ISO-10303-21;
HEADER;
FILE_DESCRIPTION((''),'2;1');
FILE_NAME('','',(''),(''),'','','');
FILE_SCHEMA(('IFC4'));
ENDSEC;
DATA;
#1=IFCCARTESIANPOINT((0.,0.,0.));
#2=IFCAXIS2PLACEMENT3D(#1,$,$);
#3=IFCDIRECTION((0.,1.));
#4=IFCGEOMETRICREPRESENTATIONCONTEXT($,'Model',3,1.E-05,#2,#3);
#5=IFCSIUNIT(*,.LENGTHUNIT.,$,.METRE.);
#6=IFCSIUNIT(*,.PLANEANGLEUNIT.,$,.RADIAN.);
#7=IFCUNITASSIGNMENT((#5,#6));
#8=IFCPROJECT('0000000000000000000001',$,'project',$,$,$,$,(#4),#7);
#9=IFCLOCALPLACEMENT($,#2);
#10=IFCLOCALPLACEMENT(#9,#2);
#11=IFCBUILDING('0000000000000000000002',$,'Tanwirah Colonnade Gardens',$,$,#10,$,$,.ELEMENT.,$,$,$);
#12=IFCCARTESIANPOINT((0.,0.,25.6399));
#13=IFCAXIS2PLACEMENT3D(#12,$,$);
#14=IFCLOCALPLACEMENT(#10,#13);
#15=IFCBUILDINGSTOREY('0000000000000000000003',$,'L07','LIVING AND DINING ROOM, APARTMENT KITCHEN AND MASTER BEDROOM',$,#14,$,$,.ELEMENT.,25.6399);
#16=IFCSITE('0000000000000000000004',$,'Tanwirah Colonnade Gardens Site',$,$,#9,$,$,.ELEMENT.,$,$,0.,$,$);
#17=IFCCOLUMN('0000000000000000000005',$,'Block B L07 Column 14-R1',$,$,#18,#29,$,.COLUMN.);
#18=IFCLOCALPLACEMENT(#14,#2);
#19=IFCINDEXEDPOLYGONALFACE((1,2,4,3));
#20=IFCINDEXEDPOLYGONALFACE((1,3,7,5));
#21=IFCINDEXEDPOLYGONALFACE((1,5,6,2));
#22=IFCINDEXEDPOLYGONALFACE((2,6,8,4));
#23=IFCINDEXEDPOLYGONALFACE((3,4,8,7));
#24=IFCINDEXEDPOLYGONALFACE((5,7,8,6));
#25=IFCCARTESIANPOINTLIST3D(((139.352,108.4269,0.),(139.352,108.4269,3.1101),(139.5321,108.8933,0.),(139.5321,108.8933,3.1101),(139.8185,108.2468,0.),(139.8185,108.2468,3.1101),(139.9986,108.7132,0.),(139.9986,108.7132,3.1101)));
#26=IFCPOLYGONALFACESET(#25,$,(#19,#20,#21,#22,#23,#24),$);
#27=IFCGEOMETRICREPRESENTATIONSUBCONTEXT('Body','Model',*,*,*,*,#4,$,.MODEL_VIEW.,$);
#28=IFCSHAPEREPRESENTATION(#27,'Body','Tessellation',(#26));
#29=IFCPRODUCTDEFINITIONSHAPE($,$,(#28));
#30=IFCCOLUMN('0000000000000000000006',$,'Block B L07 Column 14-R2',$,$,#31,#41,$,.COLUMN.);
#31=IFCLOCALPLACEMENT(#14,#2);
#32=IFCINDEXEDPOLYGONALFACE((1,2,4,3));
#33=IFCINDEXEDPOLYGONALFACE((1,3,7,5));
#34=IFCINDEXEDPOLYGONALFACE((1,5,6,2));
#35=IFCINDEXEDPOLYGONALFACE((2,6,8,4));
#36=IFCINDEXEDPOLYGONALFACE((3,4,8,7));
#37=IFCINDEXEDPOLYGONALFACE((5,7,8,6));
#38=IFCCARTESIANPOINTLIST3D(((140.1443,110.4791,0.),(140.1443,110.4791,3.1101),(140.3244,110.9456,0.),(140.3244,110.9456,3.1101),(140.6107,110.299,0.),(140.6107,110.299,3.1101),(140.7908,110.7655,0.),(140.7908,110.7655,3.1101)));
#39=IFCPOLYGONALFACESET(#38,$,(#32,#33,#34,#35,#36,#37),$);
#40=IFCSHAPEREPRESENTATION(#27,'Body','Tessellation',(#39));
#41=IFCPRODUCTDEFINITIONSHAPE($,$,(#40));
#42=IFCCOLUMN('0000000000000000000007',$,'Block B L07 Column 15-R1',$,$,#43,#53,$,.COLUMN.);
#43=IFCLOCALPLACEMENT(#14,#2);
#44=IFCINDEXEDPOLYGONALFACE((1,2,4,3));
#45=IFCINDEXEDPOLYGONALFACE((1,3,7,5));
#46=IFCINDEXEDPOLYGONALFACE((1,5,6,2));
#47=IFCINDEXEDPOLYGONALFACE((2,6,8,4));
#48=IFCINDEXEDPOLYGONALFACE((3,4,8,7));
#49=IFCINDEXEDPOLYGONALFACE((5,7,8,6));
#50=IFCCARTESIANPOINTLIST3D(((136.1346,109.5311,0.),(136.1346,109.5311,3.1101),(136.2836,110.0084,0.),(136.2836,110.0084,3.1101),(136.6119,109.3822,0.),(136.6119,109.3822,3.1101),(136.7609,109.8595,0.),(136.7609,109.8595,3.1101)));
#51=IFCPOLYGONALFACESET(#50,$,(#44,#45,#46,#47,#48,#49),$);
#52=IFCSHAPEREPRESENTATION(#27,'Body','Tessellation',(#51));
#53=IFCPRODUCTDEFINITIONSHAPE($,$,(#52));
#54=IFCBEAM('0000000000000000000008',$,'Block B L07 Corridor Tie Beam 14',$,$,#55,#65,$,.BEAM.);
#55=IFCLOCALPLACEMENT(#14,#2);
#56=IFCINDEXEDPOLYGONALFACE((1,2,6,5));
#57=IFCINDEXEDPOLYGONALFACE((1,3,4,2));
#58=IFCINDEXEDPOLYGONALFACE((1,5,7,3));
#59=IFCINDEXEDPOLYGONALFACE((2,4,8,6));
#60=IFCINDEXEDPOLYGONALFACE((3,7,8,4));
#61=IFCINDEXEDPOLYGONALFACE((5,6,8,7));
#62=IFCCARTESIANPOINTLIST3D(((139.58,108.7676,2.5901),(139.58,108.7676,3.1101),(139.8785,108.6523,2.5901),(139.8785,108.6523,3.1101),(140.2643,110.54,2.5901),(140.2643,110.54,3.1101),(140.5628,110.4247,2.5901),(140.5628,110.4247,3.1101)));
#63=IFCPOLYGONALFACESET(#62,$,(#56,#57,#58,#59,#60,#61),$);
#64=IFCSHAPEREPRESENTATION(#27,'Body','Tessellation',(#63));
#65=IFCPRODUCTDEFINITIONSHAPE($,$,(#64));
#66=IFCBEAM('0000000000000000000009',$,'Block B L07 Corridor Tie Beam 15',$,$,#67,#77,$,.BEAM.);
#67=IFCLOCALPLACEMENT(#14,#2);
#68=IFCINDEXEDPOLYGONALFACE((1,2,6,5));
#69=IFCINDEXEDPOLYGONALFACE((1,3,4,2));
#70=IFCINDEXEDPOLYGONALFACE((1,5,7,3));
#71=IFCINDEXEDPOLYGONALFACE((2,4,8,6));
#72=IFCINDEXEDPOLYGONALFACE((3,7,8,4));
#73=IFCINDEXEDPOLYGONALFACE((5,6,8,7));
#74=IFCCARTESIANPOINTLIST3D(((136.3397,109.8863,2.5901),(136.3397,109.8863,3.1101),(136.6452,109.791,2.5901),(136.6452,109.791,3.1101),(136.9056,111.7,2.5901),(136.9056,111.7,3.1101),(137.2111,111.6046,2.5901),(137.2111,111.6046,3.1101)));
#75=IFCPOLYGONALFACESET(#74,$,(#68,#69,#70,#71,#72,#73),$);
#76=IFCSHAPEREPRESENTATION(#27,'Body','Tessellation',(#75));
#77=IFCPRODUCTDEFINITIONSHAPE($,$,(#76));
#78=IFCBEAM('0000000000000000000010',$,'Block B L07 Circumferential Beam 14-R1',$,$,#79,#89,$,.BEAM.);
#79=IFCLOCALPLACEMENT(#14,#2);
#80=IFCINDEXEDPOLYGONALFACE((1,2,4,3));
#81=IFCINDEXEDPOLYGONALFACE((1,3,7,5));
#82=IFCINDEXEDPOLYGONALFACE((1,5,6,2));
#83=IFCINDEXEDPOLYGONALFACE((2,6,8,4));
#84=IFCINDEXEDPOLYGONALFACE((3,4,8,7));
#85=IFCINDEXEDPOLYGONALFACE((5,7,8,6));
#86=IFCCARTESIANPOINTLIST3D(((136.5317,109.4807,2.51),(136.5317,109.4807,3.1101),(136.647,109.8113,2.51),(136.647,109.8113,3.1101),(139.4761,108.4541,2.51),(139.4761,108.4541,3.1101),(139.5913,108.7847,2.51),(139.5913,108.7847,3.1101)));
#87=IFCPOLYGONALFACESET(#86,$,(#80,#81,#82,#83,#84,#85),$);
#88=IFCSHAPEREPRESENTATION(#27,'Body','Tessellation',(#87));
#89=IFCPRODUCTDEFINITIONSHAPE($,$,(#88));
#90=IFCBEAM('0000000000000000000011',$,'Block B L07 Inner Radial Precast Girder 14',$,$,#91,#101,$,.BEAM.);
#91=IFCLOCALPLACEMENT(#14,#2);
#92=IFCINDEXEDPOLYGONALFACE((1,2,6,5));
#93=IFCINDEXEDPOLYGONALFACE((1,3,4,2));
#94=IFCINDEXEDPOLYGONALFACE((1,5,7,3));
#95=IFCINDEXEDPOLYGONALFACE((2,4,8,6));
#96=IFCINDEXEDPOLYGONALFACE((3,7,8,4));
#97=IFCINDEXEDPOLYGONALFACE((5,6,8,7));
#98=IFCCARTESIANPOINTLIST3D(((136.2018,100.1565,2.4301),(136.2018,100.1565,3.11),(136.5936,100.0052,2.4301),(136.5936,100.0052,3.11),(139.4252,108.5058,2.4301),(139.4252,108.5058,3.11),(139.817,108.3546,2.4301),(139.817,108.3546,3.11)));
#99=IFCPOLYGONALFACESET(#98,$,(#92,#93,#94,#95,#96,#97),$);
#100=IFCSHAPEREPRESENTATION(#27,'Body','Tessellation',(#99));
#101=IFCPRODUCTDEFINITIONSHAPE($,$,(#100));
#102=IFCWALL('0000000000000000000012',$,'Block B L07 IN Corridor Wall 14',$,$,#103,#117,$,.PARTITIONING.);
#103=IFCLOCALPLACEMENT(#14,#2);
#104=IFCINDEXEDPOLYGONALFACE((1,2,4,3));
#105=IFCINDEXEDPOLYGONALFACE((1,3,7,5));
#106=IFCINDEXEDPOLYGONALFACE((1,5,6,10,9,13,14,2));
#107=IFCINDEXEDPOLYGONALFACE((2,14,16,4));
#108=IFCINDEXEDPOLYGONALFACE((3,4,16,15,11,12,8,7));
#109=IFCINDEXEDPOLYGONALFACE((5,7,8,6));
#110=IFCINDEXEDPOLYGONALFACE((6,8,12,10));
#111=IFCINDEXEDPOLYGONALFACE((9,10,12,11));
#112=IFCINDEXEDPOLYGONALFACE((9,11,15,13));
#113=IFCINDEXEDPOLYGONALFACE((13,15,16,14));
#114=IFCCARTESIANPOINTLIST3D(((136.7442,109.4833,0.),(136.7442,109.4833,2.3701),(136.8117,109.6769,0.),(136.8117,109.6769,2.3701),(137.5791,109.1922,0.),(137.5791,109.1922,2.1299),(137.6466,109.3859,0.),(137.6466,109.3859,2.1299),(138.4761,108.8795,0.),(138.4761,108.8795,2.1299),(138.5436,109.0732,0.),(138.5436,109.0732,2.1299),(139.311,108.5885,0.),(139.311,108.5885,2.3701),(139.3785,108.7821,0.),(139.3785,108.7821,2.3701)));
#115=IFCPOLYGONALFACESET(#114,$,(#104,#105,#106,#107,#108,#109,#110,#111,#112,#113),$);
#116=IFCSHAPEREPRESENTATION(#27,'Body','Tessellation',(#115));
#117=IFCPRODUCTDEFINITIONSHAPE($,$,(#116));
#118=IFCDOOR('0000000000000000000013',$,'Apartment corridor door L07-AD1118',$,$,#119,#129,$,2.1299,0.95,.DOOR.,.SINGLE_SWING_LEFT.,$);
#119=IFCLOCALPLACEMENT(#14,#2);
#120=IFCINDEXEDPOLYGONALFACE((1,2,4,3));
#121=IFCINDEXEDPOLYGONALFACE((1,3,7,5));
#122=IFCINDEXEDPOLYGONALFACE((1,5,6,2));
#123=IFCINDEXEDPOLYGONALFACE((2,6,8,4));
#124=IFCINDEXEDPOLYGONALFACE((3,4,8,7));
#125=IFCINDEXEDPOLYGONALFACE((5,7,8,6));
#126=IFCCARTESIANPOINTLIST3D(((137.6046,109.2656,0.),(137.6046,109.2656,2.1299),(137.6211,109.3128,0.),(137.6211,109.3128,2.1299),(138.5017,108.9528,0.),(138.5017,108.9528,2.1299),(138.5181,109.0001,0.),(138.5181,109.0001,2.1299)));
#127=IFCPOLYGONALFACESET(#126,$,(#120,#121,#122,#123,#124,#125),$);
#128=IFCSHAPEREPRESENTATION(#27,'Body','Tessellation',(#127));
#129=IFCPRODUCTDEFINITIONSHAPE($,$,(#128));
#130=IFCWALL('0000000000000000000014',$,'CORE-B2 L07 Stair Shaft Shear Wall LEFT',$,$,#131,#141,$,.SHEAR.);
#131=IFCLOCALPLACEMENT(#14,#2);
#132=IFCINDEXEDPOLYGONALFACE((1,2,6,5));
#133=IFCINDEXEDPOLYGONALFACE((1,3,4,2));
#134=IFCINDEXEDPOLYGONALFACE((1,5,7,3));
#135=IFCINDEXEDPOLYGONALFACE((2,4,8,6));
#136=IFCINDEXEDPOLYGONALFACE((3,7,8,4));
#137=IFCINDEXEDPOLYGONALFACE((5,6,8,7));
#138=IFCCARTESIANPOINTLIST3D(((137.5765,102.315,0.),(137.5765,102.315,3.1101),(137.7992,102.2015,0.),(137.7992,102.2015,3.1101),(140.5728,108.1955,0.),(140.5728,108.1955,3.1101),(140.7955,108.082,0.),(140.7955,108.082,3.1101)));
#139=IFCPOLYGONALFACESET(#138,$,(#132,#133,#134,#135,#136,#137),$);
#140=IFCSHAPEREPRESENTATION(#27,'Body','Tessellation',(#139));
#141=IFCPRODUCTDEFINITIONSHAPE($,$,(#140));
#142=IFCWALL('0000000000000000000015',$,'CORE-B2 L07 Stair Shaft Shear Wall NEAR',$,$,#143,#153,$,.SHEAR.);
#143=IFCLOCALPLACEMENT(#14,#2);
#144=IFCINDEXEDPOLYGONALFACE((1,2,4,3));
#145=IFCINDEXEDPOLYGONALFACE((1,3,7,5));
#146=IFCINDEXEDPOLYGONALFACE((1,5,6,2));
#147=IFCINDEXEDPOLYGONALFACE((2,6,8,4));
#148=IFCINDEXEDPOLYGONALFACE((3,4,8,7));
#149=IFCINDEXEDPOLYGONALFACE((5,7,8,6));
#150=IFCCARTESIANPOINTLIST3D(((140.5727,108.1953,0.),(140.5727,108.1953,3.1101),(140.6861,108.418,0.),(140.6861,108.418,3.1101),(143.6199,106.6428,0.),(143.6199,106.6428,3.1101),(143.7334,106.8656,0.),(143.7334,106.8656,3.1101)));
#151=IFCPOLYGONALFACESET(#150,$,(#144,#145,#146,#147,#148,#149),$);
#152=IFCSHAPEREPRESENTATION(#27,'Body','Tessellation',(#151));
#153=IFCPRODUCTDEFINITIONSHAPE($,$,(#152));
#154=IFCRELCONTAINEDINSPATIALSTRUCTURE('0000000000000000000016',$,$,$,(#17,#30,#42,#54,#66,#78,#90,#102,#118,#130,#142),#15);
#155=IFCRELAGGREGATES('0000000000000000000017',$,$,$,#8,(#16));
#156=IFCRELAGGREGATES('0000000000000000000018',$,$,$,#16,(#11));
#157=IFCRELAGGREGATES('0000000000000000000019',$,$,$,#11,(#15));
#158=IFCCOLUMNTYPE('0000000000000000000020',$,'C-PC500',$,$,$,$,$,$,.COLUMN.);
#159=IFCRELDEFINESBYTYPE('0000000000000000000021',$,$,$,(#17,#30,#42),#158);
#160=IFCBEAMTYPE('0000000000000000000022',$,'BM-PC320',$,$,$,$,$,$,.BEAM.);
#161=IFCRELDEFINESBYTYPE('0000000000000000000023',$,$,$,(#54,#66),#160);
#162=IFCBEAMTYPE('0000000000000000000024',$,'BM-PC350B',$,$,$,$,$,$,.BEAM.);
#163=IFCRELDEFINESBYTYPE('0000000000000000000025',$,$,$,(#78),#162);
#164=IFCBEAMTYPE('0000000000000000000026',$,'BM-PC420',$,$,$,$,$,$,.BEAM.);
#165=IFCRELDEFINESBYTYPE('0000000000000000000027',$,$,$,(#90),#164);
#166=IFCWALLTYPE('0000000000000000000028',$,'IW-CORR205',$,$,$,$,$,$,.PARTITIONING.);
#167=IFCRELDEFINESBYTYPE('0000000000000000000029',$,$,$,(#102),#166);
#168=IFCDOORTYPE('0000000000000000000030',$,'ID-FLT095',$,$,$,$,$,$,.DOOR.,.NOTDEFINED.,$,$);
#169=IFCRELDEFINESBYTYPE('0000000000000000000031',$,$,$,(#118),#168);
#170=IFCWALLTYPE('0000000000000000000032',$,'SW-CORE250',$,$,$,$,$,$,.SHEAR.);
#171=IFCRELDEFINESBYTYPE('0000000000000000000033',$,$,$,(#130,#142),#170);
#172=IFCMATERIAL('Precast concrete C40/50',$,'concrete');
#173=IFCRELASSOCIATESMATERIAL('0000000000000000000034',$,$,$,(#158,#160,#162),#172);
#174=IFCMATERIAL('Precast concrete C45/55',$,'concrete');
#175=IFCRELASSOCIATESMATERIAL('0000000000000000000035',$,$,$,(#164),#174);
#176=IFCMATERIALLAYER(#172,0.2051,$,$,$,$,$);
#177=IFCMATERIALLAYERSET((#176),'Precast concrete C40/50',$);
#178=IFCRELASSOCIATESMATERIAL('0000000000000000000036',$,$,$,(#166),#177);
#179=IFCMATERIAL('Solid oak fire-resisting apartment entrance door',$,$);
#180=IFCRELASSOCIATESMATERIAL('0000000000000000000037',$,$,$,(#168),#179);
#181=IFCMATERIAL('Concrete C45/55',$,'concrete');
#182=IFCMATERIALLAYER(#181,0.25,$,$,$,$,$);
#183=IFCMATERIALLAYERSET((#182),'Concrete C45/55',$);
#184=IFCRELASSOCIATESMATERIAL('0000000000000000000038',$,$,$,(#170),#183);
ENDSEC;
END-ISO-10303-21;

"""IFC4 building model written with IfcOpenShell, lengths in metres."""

from ifc_helpers import new_model, si_unit, direction, frame, frame_2d, origin, origin_2d, place, context, subcontext, project, spatial, rectangle, extrude, material, layer, layer_set, material_profile, profile_set, type_object, element, fill, save


model = new_model("IFC4")

# Units and contexts
model_context = context("Model", 3, precision=1e-05, world=origin(), true_north=direction((0.0, 1.0)))
body_context = subcontext(model_context, "Body", "Model", "MODEL_VIEW")
ifc_project = project(units=[si_unit("LENGTHUNIT", "METRE"), si_unit("PLANEANGLEUNIT", "RADIAN")], contexts=[model_context])

# Site, building, storey
site_placement = place(None, origin())
site = spatial("IfcSite", under=ifc_project, at=site_placement, Name="Tanwirah Colonnade Gardens Site", CompositionType="ELEMENT", RefElevation=0.0)
building_placement = place(site_placement, origin())
building = spatial("IfcBuilding", under=site, at=building_placement, Name="Tanwirah Colonnade Gardens", CompositionType="ELEMENT")
storey_placement = place(building_placement, frame((0.0, 0.0, 25.6399)))
storey = spatial("IfcBuildingStorey", under=building, at=storey_placement, Name="L07", Description="LIVING AND DINING ROOM, APARTMENT KITCHEN AND MASTER BEDROOM", CompositionType="ELEMENT", Elevation=25.6399)

# Columns
ifc_material_1 = material(Name="Precast concrete C40/50", Category="concrete")
ifc_material_profile_1 = material_profile(ifc_material_1, rectangle(XDim=0.5, YDim=0.5, at=origin_2d()), Name="PC-COL 500x500")
ifc_profile_set_1 = profile_set([ifc_material_profile_1], Name="Precast concrete C40/50")
column_type = type_object("IfcColumnType", Name="C-PC500", PredefinedType="COLUMN", material=ifc_profile_set_1)
for number, where, z_axis, x_axis, name in (
    (1, (139.6753, 108.5701, 0.0), (0.0, 0.0, 1.0), (0.360178, 0.932884, 0.0), "Block B L07 Column 14-R1"),
    (2, (140.4675, 110.6223, 0.0), (0.0, 0.0, 1.0), (0.360178, 0.932884, 0.0), "Block B L07 Column 14-R2"),
    (3, (136.4478, 109.6953, 0.0), (0.0, 0.0, 1.0), (0.29793, 0.954588, 0.0), "Block B L07 Column 15-R1"),
):
    element("IfcColumn", number, at=place(storey_placement, frame(where, z_axis=z_axis, x_axis=x_axis)), inside=storey, type_object=column_type, Name=name, PredefinedType="COLUMN", context=body_context, shape_type="SweptSolid", body=[
        extrude(rectangle(XDim=0.5, YDim=0.5, at=origin_2d()), origin(), (0.0, 0.0, 1.0), 3.1101),
    ])

# Beams
ifc_material_profile_2 = material_profile(ifc_material_1, rectangle(XDim=0.3201, YDim=0.52, at=origin_2d()), Name="PC-BM 320x520")
ifc_profile_set_2 = profile_set([ifc_material_profile_2], Name="Precast concrete C40/50")
beam_type_1 = type_object("IfcBeamType", Name="BM-PC320", PredefinedType="BEAM", material=ifc_profile_set_2)
for number, where, z_axis, x_axis, name in (
    (4, (139.7292, 108.71, 2.8501), (0.360176, 0.932885, 0.0), (-0.932885, 0.360176, 0.0), "Block B L07 Corridor Tie Beam 14"),
    (5, (136.4924, 109.8386, 2.8501), (0.297858, 0.95461, 0.0), (-0.95461, 0.297858, 0.0), "Block B L07 Corridor Tie Beam 15"),
):
    element("IfcBeam", number, at=place(storey_placement, frame(where, z_axis=z_axis, x_axis=x_axis)), inside=storey, type_object=beam_type_1, Name=name, PredefinedType="BEAM", context=body_context, shape_type="SweptSolid", body=[
        extrude(rectangle(XDim=0.3201, YDim=0.52, at=origin_2d()), origin(), (0.0, 0.0, 1.0), 1.8999),
    ])
ifc_material_profile_3 = material_profile(ifc_material_1, rectangle(XDim=0.3501, YDim=0.6001, at=origin_2d()), Name="PC-BM 350x600")
ifc_profile_set_3 = profile_set([ifc_material_profile_3], Name="Precast concrete C40/50")
beam_type_2 = type_object("IfcBeamType", Name="BM-PC350B", PredefinedType="BEAM", material=ifc_profile_set_3)
beam_1_placement = place(storey_placement, frame((139.5337, 108.6194, 2.8101), z_axis=(-0.944248, 0.329234, 0.0), x_axis=(-0.329234, -0.944248, 0.0)))
element("IfcBeam", 6, at=beam_1_placement, inside=storey, type_object=beam_type_2, Name="Block B L07 Circumferential Beam 14-R1", PredefinedType="BEAM", context=body_context, shape_type="SweptSolid", body=[
    extrude(rectangle(XDim=0.3501, YDim=0.6001, at=origin_2d()), origin(), (0.0, 0.0, 1.0), 3.1182),
])
ifc_material_2 = material(Name="Precast concrete C45/55", Category="concrete")
ifc_material_profile_4 = material_profile(ifc_material_2, rectangle(XDim=0.4199, YDim=0.6799, at=origin_2d()), Name="PC-BM 420x680")
ifc_profile_set_4 = profile_set([ifc_material_profile_4], Name="Precast concrete C45/55")
beam_type_3 = type_object("IfcBeamType", Name="BM-PC420", PredefinedType="BEAM", material=ifc_profile_set_4)
beam_2_placement = place(storey_placement, frame((139.6211, 108.4302, 2.77), z_axis=(-0.360156, -0.932892, 0.0), x_axis=(0.932892, -0.360156, 0.0)))
element("IfcBeam", 7, at=beam_2_placement, inside=storey, type_object=beam_type_3, Name="Block B L07 Inner Radial Precast Girder 14", PredefinedType="BEAM", context=body_context, shape_type="SweptSolid", body=[
    extrude(rectangle(XDim=0.4199, YDim=0.6799, at=origin_2d()), origin(), (0.0, 0.0, 1.0), 8.95),
])

# Wall, opening, door
ifc_layer_1 = layer(ifc_material_1, 0.2051)
ifc_layer_set_1 = layer_set([ifc_layer_1], Name="Precast concrete C40/50")
wall_type_1 = type_object("IfcWallType", Name="IW-CORR205", PredefinedType="PARTITIONING", material=ifc_layer_set_1)
wall_1_placement = place(storey_placement, frame((139.3447, 108.6853, 0.0), z_axis=(0.0, 0.0, 1.0), x_axis=(-0.944265, 0.329186, 0.0)))
wall_1 = element("IfcWall", 8, at=wall_1_placement, inside=storey, type_object=wall_type_1, Name="Block B L07 IN Corridor Wall 14", PredefinedType="PARTITIONING", context=body_context, shape_type="SweptSolid", body=[
    extrude(rectangle(XDim=2.7183, YDim=0.2051, at=frame_2d((1.3591, 0.0))), origin(), (0.0, 0.0, 1.0), 2.3701),
])
opening_1_placement = place(wall_1_placement, frame((0.884, 0.0, 0.0)))
opening_1 = element("IfcOpeningElement", 9, at=opening_1_placement, cuts=wall_1, PredefinedType="OPENING", context=body_context, shape_type="SweptSolid", body=[
    extrude(rectangle(XDim=0.95, YDim=2.1299, at=frame_2d((0.4751, 1.0649))), frame((0.0, 0.1125, 0.0), z_axis=(0.0, -1.0, 0.0), x_axis=(1.0, 0.0, 0.0)), (0.0, 0.0, 1.0), 0.2251),
])
ifc_material_3 = material(Name="Solid oak fire-resisting apartment entrance door")
door_type_1 = type_object("IfcDoorType", Name="ID-FLT095", OperationType="NOTDEFINED", PredefinedType="DOOR", material=ifc_material_3)
door_1_placement = place(opening_1_placement, origin())
door_1 = element("IfcDoor", 10, at=door_1_placement, inside=storey, type_object=door_type_1, Name="Apartment corridor door L07-AD1118", OperationType="SINGLE_SWING_LEFT", OverallHeight=2.1299, OverallWidth=0.95, PredefinedType="DOOR", context=body_context, shape_type="SweptSolid", body=[
    extrude(rectangle(XDim=0.95, YDim=2.1299, at=frame_2d((0.4751, 1.0649))), frame((0.0, 0.0249, 0.0), z_axis=(0.0, -1.0, 0.0), x_axis=(1.0, 0.0, 0.0)), (0.0, 0.0, 1.0), 0.05),
])
fill(opening_1, door_1)

# Walls
ifc_material_4 = material(Name="Concrete C45/55", Category="concrete")
ifc_layer_2 = layer(ifc_material_4, 0.25)
ifc_layer_set_2 = layer_set([ifc_layer_2], Name="Concrete C45/55")
wall_type_2 = type_object("IfcWallType", Name="SW-CORE250", PredefinedType="SHEAR", material=ifc_layer_set_2)
wall_2_placement = place(storey_placement, frame((140.6841, 108.1387, 0.0), z_axis=(0.0, 0.0, 1.0), x_axis=(-0.453992, -0.891006, 0.0)))
element("IfcWall", 11, at=wall_2_placement, inside=storey, type_object=wall_type_2, Name="CORE-B2 L07 Stair Shaft Shear Wall LEFT", PredefinedType="SHEAR", context=body_context, shape_type="SweptSolid", body=[
    extrude(rectangle(XDim=6.5999, YDim=0.25, at=frame_2d((3.2998, 0.0))), origin(), (0.0, 0.0, 1.0), 3.1101),
])
wall_3_placement = place(storey_placement, frame((140.6294, 108.3066, 0.0), z_axis=(0.0, 0.0, 1.0), x_axis=(0.891032, -0.45394, 0.0)))
element("IfcWall", 12, at=wall_3_placement, inside=storey, type_object=wall_type_2, Name="CORE-B2 L07 Stair Shaft Shear Wall NEAR", PredefinedType="SHEAR", context=body_context, shape_type="SweptSolid", body=[
    extrude(rectangle(XDim=3.4199, YDim=0.25, at=frame_2d((1.71, 0.0))), origin(), (0.0, 0.0, 1.0), 3.1101),
])

save(model, "model.ifc")
